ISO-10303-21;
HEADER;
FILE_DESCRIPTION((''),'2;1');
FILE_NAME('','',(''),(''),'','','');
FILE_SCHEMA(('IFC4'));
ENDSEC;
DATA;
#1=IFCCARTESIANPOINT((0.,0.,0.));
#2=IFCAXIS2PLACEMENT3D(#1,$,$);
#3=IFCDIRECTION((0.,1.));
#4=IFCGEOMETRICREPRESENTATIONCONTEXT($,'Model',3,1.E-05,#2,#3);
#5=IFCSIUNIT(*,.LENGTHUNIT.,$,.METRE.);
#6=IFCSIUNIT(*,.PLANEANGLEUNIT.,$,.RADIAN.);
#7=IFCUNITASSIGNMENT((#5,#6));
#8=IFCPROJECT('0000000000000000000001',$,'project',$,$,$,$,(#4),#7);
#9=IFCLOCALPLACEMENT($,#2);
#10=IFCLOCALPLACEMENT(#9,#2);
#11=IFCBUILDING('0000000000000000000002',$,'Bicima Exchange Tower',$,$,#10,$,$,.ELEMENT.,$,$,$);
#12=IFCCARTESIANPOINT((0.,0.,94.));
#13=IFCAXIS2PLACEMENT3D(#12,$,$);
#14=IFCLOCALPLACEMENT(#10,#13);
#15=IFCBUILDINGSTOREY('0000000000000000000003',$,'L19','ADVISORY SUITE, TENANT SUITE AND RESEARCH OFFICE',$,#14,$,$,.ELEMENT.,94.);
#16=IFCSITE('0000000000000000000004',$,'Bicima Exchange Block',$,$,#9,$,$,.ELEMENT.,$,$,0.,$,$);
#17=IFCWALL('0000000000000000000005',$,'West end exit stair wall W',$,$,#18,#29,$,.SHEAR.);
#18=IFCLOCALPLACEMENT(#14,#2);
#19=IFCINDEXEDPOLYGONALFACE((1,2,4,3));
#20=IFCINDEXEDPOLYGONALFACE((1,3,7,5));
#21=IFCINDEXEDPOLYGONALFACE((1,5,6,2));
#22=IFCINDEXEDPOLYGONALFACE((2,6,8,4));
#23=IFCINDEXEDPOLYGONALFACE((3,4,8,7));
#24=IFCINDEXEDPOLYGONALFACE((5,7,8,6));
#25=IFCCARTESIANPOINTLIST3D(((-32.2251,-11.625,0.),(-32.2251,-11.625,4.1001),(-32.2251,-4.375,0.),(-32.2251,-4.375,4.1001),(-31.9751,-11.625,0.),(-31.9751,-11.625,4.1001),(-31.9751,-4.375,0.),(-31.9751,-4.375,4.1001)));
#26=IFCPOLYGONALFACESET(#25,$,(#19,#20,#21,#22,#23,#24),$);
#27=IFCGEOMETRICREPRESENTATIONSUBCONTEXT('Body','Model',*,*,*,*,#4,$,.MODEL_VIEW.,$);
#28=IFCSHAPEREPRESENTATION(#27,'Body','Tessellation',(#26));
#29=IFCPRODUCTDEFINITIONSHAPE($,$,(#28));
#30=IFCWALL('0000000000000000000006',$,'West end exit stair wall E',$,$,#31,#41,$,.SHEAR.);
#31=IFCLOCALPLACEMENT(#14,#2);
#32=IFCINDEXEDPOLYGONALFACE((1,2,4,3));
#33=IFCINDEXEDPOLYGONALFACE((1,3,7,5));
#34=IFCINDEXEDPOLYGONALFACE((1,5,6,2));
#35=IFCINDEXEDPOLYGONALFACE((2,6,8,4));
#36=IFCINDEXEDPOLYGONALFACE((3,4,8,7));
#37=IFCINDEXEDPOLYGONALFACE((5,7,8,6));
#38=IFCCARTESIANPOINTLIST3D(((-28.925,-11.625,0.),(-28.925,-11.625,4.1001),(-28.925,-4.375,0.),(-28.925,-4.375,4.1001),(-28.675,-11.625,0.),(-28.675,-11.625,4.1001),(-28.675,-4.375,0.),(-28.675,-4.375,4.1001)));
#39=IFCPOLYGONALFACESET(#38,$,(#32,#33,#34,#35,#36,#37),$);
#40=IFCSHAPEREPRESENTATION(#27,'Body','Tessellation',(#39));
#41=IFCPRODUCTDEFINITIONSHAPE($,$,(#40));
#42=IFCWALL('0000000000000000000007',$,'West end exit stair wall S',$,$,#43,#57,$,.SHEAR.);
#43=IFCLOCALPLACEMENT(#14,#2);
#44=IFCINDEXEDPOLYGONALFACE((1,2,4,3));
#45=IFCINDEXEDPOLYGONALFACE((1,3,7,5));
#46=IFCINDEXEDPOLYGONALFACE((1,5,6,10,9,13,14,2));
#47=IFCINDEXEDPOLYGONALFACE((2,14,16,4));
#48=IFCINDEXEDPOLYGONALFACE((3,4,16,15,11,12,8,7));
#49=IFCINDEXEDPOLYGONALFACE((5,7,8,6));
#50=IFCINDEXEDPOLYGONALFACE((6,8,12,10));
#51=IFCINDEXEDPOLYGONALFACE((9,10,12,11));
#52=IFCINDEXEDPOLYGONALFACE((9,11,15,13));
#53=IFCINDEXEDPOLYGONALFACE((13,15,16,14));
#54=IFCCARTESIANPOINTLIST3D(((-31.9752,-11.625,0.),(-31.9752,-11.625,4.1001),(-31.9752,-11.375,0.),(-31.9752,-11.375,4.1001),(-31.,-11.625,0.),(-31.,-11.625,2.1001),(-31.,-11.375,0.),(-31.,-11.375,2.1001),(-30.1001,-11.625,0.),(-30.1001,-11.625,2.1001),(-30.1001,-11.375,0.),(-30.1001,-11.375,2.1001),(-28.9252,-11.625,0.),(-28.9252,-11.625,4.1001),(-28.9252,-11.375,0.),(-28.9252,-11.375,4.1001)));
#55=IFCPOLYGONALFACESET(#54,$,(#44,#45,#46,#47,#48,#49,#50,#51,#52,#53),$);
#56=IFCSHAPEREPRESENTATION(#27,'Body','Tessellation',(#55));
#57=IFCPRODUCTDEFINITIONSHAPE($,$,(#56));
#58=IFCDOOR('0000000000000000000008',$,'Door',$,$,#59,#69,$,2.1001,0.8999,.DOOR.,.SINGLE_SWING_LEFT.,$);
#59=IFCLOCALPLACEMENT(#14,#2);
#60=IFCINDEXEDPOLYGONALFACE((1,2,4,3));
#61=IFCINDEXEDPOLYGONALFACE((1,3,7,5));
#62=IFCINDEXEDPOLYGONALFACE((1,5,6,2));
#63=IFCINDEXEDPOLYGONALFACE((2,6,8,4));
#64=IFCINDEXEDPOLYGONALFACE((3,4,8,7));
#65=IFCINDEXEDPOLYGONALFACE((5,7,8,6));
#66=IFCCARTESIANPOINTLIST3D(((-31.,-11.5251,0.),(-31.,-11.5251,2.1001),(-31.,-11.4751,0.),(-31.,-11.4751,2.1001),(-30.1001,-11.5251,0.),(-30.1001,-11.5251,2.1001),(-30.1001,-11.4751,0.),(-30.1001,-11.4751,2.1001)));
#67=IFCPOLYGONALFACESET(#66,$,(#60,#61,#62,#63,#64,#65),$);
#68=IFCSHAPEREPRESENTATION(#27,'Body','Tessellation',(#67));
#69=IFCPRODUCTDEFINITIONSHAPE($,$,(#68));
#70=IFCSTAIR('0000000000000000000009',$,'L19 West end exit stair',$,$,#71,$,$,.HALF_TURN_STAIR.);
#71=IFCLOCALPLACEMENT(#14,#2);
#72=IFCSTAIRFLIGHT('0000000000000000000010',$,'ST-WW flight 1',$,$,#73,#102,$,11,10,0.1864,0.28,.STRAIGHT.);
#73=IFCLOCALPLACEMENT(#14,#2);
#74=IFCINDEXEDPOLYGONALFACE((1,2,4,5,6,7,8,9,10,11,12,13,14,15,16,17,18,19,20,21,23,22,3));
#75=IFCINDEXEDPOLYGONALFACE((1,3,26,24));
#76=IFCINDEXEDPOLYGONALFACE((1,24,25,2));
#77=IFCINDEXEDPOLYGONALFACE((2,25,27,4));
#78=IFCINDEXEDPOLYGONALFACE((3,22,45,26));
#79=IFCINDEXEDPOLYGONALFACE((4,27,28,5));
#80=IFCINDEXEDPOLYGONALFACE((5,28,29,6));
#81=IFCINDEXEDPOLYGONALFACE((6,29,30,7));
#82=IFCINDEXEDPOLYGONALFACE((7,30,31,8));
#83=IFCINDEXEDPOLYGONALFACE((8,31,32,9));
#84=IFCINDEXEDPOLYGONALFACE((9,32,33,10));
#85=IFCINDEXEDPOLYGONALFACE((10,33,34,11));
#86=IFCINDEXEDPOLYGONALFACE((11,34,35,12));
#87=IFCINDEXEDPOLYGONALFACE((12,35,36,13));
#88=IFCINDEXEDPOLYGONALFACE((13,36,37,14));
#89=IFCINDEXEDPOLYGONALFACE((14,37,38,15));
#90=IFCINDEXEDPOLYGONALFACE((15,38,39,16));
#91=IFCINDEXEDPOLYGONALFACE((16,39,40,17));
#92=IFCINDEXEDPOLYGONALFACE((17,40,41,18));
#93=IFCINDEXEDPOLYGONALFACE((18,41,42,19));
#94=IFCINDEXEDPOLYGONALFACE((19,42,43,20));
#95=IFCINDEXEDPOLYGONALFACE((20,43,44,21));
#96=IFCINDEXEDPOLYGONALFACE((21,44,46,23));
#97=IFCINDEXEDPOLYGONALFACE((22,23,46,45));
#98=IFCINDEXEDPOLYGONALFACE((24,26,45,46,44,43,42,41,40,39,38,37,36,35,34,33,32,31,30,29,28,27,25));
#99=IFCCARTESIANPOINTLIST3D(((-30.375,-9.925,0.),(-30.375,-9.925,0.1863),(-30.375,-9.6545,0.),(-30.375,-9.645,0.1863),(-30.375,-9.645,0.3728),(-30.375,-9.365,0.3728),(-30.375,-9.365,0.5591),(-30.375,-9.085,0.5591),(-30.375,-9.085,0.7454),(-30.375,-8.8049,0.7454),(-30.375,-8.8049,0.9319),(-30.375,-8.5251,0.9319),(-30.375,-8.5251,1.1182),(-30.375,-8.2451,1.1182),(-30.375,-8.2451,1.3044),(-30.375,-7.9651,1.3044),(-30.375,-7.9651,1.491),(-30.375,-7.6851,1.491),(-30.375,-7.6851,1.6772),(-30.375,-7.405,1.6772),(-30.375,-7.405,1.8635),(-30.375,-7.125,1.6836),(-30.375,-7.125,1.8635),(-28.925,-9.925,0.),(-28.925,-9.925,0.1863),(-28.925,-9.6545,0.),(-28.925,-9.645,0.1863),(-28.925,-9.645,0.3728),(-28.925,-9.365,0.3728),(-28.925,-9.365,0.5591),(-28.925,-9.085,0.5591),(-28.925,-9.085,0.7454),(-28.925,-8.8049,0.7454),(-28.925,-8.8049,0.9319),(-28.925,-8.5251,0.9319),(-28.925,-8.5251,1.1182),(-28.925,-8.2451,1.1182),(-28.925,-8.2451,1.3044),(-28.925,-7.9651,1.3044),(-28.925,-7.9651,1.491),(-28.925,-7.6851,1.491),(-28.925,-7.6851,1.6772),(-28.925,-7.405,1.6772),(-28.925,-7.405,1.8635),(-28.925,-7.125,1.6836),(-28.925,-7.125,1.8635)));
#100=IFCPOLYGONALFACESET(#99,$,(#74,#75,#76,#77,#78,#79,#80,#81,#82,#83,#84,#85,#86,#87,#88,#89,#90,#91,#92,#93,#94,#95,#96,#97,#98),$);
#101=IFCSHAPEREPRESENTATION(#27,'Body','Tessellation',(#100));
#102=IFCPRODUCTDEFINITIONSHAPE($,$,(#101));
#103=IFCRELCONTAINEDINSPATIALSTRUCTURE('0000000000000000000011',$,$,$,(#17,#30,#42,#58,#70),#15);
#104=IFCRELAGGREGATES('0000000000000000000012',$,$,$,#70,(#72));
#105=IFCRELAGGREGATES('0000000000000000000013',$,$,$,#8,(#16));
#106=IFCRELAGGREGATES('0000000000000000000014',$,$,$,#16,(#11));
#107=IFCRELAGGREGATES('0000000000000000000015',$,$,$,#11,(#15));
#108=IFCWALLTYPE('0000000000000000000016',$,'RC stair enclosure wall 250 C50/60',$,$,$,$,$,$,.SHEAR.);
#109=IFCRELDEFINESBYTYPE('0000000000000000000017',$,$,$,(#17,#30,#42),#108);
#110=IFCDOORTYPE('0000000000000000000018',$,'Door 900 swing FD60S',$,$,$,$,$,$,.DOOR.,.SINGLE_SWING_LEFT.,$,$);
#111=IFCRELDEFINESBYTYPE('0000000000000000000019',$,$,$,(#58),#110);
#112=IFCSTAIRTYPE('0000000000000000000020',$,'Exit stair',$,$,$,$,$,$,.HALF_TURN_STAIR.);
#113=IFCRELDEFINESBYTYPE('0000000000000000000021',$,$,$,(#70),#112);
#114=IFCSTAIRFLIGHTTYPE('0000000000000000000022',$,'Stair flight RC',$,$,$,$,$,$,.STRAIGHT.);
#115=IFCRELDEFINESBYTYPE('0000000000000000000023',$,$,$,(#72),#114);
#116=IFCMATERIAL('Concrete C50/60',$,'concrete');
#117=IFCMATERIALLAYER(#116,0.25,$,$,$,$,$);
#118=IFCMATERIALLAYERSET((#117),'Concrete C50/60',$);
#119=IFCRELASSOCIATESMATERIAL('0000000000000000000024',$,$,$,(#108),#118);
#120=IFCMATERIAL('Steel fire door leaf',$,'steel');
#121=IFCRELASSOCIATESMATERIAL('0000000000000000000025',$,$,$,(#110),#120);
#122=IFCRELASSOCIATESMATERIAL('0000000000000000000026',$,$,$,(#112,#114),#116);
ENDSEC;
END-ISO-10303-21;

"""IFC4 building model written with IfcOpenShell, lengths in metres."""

from ifc_helpers import new_model, si_unit, direction, frame, frame_2d, origin, place, context, subcontext, project, spatial, polyline, rectangle, outline, extrude, material, layer, layer_set, type_object, element, fill, aggregate, save


model = new_model("IFC4")

# Units and contexts
model_context = context("Model", 3, precision=1e-05, world=origin(), true_north=direction((0.0, 1.0)))
body_context = subcontext(model_context, "Body", "Model", "MODEL_VIEW")
ifc_project = project(units=[si_unit("LENGTHUNIT", "METRE"), si_unit("PLANEANGLEUNIT", "RADIAN")], contexts=[model_context])

# Site, building, storey
site_placement = place(None, origin())
site = spatial("IfcSite", under=ifc_project, at=site_placement, Name="Bicima Exchange Block", CompositionType="ELEMENT", RefElevation=0.0)
building_placement = place(site_placement, origin())
building = spatial("IfcBuilding", under=site, at=building_placement, Name="Bicima Exchange Tower", CompositionType="ELEMENT")
storey_placement = place(building_placement, frame((0.0, 0.0, 94.0)))
storey = spatial("IfcBuildingStorey", under=building, at=storey_placement, Name="L19", Description="ADVISORY SUITE, TENANT SUITE AND RESEARCH OFFICE", CompositionType="ELEMENT", Elevation=94.0)

# Shared definitions
ifc_material_1 = material(Name="Steel fire door leaf", Category="steel")

# Walls
ifc_material_2 = material(Name="Concrete C50/60", Category="concrete")
ifc_layer_1 = layer(ifc_material_2, 0.25)
ifc_layer_set_1 = layer_set([ifc_layer_1], Name="Concrete C50/60")
wall_type_1 = type_object("IfcWallType", Name="RC stair enclosure wall 250 C50/60", PredefinedType="SHEAR", material=ifc_layer_set_1)
for number, where, z_axis, x_axis, name in (
    (1, (-32.1001, -11.625, 0.0), (0.0, 0.0, 1.0), (0.0, 1.0, 0.0), "West end exit stair wall W"),
    (2, (-28.8, -11.625, 0.0), (0.0, 0.0, 1.0), (0.0, 1.0, 0.0), "West end exit stair wall E"),
):
    element("IfcWall", number, at=place(storey_placement, frame(where, z_axis=z_axis, x_axis=x_axis)), inside=storey, type_object=wall_type_1, Name=name, PredefinedType="SHEAR", context=body_context, shape_type="SweptSolid", body=[
        extrude(rectangle(XDim=7.25, YDim=0.25, at=frame_2d((3.625, 0.0))), origin(), (0.0, 0.0, 1.0), 4.1001),
    ])

# Wall, opening, door
wall_1_placement = place(storey_placement, frame((-31.9751, -11.5, 0.0), z_axis=(0.0, 0.0, 1.0), x_axis=(1.0, 0.0, 0.0)))
wall_1 = element("IfcWall", 3, at=wall_1_placement, inside=storey, type_object=wall_type_1, Name="West end exit stair wall S", PredefinedType="SHEAR", context=body_context, shape_type="SweptSolid", body=[
    extrude(rectangle(XDim=3.05, YDim=0.25, at=frame_2d((1.5249, 0.0))), origin(), (0.0, 0.0, 1.0), 4.1001),
])
opening_1_placement = place(wall_1_placement, frame((0.9751, 0.0, 0.0)))
opening_1 = element("IfcOpeningElement", 4, at=opening_1_placement, cuts=wall_1, PredefinedType="OPENING", context=body_context, shape_type="SweptSolid", body=[
    extrude(rectangle(XDim=0.8999, YDim=2.1001, at=frame_2d((0.45, 1.05))), frame((0.0, 0.137, 0.0), z_axis=(0.0, -1.0, 0.0), x_axis=(1.0, 0.0, 0.0)), (0.0, 0.0, 1.0), 0.2739),
])
door_type_1 = type_object("IfcDoorType", Name="Door 900 swing FD60S", OperationType="SINGLE_SWING_LEFT", PredefinedType="DOOR", material=ifc_material_1)
door_1_placement = place(opening_1_placement, origin())
door_1 = element("IfcDoor", 5, at=door_1_placement, inside=storey, type_object=door_type_1, Name="Door", OperationType="SINGLE_SWING_LEFT", OverallHeight=2.1001, OverallWidth=0.8999, PredefinedType="DOOR", context=body_context, shape_type="SweptSolid", body=[
    extrude(rectangle(XDim=0.8999, YDim=2.1001, at=frame_2d((0.45, 1.05))), frame((0.0, 0.0249, 0.0), z_axis=(0.0, -1.0, 0.0), x_axis=(1.0, 0.0, 0.0)), (0.0, 0.0, 1.0), 0.05),
])
fill(opening_1, door_1)

# Stair, stair flight
stair_type = type_object("IfcStairType", Name="Exit stair", PredefinedType="HALF_TURN_STAIR", material=ifc_material_2)
stair_placement = place(storey_placement, origin())
stair = element("IfcStair", 6, at=stair_placement, inside=storey, type_object=stair_type, Name="L19 West end exit stair", PredefinedType="HALF_TURN_STAIR")
stair_flight_type = type_object("IfcStairFlightType", Name="Stair flight RC", PredefinedType="STRAIGHT", material=ifc_material_2)
stair_flight_placement = place(storey_placement, frame((-29.6499, -9.925, 0.0), z_axis=(0.0, 0.0, 1.0), x_axis=(0.0, 1.0, 0.0)))
stair_flight = element("IfcStairFlight", 7, at=stair_flight_placement, type_object=stair_flight_type, Name="ST-WW flight 1", NumberOfRisers=11, NumberOfTreads=10, PredefinedType="STRAIGHT", RiserHeight=0.1864, TreadLength=0.28, context=body_context, shape_type="SweptSolid", body=[
    extrude(outline(polyline([(0.0, 0.0), (0.0, 0.1863), (0.28, 0.1863), (0.28, 0.3728), (0.5601, 0.3728), (0.5601, 0.5591), (0.8401, 0.5591), (0.8401, 0.7454), (1.1201, 0.7454), (1.1201, 0.9319), (1.3999, 0.9319), (1.3999, 1.1182), (1.6799, 1.1182), (1.6799, 1.3044), (1.96, 1.3044), (1.96, 1.491), (2.24, 1.491), (2.24, 1.6772), (2.52, 1.6772), (2.52, 1.8635), (2.8, 1.8635), (2.8, 2.05), (2.8, 1.6836), (0.2705, 0.0), (0.0, 0.0)])), frame((0.0, 0.7251, 0.0), z_axis=(0.0, -1.0, 0.0), x_axis=(1.0, 0.0, 0.0)), (0.0, 0.0, 1.0), 1.45),
])
aggregate(stair, [stair_flight])

save(model, "model.ifc")
